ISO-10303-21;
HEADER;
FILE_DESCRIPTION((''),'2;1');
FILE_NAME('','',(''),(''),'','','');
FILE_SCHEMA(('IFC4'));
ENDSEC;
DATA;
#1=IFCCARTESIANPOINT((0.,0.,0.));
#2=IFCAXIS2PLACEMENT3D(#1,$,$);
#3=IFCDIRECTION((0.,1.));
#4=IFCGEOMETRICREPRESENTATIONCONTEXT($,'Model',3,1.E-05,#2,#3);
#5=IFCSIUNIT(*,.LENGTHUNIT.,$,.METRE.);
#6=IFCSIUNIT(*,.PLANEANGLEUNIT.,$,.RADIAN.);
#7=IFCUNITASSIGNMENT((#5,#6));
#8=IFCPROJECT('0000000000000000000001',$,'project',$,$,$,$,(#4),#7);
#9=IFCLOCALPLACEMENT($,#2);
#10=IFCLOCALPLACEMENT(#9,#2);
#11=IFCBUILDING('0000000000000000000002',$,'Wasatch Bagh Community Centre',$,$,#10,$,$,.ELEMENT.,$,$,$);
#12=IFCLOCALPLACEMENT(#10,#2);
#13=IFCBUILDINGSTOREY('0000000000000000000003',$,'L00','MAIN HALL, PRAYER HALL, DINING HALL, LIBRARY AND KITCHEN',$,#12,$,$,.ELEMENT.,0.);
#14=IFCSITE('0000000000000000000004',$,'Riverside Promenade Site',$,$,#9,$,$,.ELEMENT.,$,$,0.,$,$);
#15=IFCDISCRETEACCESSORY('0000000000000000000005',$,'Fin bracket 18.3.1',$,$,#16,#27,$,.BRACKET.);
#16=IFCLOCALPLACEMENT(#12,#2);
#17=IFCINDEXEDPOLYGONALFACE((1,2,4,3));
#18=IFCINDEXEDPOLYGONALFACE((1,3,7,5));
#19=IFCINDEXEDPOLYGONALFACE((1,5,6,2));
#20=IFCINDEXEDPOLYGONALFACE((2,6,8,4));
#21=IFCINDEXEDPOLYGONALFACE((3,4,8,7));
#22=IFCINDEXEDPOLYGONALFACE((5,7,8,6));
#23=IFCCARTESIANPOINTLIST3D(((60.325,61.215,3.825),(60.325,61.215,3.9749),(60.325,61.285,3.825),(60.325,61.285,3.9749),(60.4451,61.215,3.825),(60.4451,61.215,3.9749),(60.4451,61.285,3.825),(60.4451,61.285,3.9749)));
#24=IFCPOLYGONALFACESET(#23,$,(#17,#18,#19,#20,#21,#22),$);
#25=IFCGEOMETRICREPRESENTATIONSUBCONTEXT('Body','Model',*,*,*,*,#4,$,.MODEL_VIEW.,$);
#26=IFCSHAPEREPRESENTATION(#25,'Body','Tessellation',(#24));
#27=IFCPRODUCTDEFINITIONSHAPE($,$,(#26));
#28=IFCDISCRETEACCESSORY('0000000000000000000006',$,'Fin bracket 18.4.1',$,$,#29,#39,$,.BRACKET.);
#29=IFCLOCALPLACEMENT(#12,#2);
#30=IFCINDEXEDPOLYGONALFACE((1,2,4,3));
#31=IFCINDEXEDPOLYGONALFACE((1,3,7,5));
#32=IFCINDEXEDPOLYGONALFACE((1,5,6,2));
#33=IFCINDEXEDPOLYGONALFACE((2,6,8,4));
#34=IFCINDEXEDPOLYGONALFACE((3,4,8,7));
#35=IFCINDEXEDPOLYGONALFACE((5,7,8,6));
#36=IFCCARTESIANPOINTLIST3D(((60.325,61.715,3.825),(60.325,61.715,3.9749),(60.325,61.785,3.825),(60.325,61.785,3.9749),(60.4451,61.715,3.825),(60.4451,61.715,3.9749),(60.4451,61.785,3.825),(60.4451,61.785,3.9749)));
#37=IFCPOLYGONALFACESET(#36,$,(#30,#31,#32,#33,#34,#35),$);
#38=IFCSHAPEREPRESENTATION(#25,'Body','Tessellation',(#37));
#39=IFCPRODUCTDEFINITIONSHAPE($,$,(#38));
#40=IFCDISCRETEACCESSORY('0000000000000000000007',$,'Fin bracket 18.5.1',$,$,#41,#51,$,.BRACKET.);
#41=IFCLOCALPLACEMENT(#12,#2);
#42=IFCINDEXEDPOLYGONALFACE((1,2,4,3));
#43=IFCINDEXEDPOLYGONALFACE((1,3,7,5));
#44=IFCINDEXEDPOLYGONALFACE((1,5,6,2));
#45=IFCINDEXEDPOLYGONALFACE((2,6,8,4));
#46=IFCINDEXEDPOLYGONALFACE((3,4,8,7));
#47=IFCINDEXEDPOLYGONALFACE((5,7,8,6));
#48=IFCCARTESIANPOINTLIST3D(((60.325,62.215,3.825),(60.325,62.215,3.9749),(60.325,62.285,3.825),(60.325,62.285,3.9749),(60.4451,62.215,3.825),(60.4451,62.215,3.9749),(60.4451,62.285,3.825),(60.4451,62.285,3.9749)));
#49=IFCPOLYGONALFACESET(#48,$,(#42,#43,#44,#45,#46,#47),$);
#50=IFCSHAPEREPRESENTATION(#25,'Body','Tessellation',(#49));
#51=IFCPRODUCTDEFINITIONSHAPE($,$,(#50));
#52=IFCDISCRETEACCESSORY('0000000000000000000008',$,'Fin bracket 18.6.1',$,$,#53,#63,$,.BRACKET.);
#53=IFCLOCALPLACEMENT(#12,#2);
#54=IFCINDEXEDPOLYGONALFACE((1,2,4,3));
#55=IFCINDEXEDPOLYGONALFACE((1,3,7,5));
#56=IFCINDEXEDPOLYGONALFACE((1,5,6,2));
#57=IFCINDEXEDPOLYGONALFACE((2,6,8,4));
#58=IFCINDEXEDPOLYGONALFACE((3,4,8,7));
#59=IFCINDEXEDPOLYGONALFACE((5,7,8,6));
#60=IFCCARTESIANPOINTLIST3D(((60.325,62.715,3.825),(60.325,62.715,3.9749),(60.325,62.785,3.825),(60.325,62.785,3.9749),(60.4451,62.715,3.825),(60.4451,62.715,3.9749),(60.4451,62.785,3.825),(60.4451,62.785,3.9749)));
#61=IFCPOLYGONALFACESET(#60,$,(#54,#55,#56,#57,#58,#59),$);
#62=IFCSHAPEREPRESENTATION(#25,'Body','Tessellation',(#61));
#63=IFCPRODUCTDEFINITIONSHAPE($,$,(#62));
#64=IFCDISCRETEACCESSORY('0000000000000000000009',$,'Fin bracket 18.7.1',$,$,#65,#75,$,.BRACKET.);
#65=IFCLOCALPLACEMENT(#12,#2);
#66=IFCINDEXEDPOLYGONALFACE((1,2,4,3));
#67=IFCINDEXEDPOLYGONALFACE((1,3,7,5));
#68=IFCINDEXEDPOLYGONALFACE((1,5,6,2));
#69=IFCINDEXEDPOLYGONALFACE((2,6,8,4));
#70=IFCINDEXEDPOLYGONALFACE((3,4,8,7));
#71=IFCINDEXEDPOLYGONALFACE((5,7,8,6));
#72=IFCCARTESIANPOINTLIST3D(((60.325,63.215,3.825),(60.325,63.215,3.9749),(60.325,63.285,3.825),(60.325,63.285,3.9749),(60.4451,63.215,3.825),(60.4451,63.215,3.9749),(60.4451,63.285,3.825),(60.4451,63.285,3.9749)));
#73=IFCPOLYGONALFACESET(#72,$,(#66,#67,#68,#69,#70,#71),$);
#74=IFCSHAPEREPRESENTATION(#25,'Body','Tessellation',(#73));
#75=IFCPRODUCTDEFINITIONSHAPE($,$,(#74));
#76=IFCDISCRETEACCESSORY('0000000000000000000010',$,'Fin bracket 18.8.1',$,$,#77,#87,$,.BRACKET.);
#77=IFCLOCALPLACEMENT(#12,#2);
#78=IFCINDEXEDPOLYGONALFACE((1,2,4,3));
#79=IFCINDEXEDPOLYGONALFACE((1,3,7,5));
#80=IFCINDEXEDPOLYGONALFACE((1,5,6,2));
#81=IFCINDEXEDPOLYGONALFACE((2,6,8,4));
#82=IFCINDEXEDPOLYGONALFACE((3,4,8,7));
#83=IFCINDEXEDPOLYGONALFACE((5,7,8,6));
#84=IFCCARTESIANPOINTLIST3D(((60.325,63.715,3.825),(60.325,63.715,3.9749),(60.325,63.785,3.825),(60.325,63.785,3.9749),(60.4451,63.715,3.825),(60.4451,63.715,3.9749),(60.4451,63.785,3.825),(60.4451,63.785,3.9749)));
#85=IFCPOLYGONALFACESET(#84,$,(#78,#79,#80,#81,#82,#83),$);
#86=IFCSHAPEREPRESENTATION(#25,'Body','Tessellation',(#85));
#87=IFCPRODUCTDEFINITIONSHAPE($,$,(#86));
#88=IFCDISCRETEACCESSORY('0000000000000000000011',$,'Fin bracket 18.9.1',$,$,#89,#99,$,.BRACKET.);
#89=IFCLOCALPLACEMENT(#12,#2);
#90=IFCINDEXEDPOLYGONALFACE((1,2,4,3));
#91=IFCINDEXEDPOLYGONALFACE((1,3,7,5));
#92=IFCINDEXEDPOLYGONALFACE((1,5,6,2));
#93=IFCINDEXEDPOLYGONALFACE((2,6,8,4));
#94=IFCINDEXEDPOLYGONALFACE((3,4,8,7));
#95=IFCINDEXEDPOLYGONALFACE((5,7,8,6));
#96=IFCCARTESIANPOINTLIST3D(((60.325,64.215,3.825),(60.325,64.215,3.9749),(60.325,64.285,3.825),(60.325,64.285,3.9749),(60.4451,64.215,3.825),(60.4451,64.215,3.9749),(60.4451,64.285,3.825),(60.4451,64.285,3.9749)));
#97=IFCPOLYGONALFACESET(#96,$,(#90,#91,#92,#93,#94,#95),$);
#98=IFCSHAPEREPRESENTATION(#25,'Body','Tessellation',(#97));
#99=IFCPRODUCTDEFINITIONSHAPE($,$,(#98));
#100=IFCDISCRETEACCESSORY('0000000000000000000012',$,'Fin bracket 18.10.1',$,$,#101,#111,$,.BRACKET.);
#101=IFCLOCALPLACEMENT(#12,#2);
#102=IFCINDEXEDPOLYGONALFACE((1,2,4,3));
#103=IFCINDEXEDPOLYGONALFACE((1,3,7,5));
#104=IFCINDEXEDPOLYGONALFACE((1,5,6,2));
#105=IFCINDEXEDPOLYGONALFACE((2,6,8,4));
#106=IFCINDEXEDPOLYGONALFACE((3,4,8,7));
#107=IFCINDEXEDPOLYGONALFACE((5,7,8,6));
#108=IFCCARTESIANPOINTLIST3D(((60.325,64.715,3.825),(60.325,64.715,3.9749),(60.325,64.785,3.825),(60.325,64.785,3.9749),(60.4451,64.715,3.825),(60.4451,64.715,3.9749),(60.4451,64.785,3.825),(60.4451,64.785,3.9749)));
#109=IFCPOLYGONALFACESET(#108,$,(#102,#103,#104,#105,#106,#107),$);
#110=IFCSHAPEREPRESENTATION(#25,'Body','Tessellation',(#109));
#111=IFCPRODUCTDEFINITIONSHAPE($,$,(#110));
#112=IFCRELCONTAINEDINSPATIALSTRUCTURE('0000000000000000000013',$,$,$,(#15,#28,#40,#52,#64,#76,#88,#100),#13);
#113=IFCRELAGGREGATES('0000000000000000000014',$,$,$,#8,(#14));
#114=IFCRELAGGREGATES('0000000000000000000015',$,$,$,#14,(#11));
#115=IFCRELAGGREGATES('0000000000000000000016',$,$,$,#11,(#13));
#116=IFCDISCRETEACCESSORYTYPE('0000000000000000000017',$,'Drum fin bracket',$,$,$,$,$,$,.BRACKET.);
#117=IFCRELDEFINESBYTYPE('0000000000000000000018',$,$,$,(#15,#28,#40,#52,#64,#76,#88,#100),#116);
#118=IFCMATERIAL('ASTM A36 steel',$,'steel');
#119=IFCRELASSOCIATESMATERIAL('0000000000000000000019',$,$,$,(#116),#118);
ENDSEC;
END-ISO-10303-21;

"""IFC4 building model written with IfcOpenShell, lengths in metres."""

from ifc_helpers import new_model, si_unit, direction, frame, origin, origin_2d, place, context, subcontext, project, spatial, rectangle, extrude, material, type_object, element, save


model = new_model("IFC4")

# Units and contexts
model_context = context("Model", 3, precision=1e-05, world=origin(), true_north=direction((0.0, 1.0)))
body_context = subcontext(model_context, "Body", "Model", "MODEL_VIEW")
ifc_project = project(units=[si_unit("LENGTHUNIT", "METRE"), si_unit("PLANEANGLEUNIT", "RADIAN")], contexts=[model_context])

# Site, building, storey
site_placement = place(None, origin())
site = spatial("IfcSite", under=ifc_project, at=site_placement, Name="Riverside Promenade Site", CompositionType="ELEMENT", RefElevation=0.0)
building_placement = place(site_placement, origin())
building = spatial("IfcBuilding", under=site, at=building_placement, Name="Wasatch Bagh Community Centre", CompositionType="ELEMENT")
storey_placement = place(building_placement, origin())
storey = spatial("IfcBuildingStorey", under=building, at=storey_placement, Name="L00", Description="MAIN HALL, PRAYER HALL, DINING HALL, LIBRARY AND KITCHEN", CompositionType="ELEMENT", Elevation=0.0)

# Discrete accessories
ifc_material_1 = material(Name="ASTM A36 steel", Category="steel")
discrete_accessory_type = type_object("IfcDiscreteAccessoryType", Name="Drum fin bracket", PredefinedType="BRACKET", material=ifc_material_1)
for number, where, z_axis, x_axis, name in (
    (1, (60.385, 61.25, 3.825), (0.0, 0.0, 1.0), (0.0, 1.0, 0.0), "Fin bracket 18.3.1"),
    (2, (60.385, 61.75, 3.825), (0.0, 0.0, 1.0), (0.0, 1.0, 0.0), "Fin bracket 18.4.1"),
    (3, (60.385, 62.25, 3.825), (0.0, 0.0, 1.0), (0.0, 1.0, 0.0), "Fin bracket 18.5.1"),
    (4, (60.385, 62.75, 3.825), (0.0, 0.0, 1.0), (0.0, 1.0, 0.0), "Fin bracket 18.6.1"),
    (5, (60.385, 63.25, 3.825), (0.0, 0.0, 1.0), (0.0, 1.0, 0.0), "Fin bracket 18.7.1"),
    (6, (60.385, 63.75, 3.825), (0.0, 0.0, 1.0), (0.0, 1.0, 0.0), "Fin bracket 18.8.1"),
    (7, (60.385, 64.25, 3.825), (0.0, 0.0, 1.0), (0.0, 1.0, 0.0), "Fin bracket 18.9.1"),
    (8, (60.385, 64.75, 3.825), (0.0, 0.0, 1.0), (0.0, 1.0, 0.0), "Fin bracket 18.10.1"),
):
    element("IfcDiscreteAccessory", number, at=place(storey_placement, frame(where, z_axis=z_axis, x_axis=x_axis)), inside=storey, type_object=discrete_accessory_type, Name=name, PredefinedType="BRACKET", context=body_context, shape_type="SweptSolid", body=[
        extrude(rectangle(XDim=0.0701, YDim=0.1201, at=origin_2d()), origin(), (0.0, 0.0, 1.0), 0.1499),
    ])

save(model, "model.ifc")
